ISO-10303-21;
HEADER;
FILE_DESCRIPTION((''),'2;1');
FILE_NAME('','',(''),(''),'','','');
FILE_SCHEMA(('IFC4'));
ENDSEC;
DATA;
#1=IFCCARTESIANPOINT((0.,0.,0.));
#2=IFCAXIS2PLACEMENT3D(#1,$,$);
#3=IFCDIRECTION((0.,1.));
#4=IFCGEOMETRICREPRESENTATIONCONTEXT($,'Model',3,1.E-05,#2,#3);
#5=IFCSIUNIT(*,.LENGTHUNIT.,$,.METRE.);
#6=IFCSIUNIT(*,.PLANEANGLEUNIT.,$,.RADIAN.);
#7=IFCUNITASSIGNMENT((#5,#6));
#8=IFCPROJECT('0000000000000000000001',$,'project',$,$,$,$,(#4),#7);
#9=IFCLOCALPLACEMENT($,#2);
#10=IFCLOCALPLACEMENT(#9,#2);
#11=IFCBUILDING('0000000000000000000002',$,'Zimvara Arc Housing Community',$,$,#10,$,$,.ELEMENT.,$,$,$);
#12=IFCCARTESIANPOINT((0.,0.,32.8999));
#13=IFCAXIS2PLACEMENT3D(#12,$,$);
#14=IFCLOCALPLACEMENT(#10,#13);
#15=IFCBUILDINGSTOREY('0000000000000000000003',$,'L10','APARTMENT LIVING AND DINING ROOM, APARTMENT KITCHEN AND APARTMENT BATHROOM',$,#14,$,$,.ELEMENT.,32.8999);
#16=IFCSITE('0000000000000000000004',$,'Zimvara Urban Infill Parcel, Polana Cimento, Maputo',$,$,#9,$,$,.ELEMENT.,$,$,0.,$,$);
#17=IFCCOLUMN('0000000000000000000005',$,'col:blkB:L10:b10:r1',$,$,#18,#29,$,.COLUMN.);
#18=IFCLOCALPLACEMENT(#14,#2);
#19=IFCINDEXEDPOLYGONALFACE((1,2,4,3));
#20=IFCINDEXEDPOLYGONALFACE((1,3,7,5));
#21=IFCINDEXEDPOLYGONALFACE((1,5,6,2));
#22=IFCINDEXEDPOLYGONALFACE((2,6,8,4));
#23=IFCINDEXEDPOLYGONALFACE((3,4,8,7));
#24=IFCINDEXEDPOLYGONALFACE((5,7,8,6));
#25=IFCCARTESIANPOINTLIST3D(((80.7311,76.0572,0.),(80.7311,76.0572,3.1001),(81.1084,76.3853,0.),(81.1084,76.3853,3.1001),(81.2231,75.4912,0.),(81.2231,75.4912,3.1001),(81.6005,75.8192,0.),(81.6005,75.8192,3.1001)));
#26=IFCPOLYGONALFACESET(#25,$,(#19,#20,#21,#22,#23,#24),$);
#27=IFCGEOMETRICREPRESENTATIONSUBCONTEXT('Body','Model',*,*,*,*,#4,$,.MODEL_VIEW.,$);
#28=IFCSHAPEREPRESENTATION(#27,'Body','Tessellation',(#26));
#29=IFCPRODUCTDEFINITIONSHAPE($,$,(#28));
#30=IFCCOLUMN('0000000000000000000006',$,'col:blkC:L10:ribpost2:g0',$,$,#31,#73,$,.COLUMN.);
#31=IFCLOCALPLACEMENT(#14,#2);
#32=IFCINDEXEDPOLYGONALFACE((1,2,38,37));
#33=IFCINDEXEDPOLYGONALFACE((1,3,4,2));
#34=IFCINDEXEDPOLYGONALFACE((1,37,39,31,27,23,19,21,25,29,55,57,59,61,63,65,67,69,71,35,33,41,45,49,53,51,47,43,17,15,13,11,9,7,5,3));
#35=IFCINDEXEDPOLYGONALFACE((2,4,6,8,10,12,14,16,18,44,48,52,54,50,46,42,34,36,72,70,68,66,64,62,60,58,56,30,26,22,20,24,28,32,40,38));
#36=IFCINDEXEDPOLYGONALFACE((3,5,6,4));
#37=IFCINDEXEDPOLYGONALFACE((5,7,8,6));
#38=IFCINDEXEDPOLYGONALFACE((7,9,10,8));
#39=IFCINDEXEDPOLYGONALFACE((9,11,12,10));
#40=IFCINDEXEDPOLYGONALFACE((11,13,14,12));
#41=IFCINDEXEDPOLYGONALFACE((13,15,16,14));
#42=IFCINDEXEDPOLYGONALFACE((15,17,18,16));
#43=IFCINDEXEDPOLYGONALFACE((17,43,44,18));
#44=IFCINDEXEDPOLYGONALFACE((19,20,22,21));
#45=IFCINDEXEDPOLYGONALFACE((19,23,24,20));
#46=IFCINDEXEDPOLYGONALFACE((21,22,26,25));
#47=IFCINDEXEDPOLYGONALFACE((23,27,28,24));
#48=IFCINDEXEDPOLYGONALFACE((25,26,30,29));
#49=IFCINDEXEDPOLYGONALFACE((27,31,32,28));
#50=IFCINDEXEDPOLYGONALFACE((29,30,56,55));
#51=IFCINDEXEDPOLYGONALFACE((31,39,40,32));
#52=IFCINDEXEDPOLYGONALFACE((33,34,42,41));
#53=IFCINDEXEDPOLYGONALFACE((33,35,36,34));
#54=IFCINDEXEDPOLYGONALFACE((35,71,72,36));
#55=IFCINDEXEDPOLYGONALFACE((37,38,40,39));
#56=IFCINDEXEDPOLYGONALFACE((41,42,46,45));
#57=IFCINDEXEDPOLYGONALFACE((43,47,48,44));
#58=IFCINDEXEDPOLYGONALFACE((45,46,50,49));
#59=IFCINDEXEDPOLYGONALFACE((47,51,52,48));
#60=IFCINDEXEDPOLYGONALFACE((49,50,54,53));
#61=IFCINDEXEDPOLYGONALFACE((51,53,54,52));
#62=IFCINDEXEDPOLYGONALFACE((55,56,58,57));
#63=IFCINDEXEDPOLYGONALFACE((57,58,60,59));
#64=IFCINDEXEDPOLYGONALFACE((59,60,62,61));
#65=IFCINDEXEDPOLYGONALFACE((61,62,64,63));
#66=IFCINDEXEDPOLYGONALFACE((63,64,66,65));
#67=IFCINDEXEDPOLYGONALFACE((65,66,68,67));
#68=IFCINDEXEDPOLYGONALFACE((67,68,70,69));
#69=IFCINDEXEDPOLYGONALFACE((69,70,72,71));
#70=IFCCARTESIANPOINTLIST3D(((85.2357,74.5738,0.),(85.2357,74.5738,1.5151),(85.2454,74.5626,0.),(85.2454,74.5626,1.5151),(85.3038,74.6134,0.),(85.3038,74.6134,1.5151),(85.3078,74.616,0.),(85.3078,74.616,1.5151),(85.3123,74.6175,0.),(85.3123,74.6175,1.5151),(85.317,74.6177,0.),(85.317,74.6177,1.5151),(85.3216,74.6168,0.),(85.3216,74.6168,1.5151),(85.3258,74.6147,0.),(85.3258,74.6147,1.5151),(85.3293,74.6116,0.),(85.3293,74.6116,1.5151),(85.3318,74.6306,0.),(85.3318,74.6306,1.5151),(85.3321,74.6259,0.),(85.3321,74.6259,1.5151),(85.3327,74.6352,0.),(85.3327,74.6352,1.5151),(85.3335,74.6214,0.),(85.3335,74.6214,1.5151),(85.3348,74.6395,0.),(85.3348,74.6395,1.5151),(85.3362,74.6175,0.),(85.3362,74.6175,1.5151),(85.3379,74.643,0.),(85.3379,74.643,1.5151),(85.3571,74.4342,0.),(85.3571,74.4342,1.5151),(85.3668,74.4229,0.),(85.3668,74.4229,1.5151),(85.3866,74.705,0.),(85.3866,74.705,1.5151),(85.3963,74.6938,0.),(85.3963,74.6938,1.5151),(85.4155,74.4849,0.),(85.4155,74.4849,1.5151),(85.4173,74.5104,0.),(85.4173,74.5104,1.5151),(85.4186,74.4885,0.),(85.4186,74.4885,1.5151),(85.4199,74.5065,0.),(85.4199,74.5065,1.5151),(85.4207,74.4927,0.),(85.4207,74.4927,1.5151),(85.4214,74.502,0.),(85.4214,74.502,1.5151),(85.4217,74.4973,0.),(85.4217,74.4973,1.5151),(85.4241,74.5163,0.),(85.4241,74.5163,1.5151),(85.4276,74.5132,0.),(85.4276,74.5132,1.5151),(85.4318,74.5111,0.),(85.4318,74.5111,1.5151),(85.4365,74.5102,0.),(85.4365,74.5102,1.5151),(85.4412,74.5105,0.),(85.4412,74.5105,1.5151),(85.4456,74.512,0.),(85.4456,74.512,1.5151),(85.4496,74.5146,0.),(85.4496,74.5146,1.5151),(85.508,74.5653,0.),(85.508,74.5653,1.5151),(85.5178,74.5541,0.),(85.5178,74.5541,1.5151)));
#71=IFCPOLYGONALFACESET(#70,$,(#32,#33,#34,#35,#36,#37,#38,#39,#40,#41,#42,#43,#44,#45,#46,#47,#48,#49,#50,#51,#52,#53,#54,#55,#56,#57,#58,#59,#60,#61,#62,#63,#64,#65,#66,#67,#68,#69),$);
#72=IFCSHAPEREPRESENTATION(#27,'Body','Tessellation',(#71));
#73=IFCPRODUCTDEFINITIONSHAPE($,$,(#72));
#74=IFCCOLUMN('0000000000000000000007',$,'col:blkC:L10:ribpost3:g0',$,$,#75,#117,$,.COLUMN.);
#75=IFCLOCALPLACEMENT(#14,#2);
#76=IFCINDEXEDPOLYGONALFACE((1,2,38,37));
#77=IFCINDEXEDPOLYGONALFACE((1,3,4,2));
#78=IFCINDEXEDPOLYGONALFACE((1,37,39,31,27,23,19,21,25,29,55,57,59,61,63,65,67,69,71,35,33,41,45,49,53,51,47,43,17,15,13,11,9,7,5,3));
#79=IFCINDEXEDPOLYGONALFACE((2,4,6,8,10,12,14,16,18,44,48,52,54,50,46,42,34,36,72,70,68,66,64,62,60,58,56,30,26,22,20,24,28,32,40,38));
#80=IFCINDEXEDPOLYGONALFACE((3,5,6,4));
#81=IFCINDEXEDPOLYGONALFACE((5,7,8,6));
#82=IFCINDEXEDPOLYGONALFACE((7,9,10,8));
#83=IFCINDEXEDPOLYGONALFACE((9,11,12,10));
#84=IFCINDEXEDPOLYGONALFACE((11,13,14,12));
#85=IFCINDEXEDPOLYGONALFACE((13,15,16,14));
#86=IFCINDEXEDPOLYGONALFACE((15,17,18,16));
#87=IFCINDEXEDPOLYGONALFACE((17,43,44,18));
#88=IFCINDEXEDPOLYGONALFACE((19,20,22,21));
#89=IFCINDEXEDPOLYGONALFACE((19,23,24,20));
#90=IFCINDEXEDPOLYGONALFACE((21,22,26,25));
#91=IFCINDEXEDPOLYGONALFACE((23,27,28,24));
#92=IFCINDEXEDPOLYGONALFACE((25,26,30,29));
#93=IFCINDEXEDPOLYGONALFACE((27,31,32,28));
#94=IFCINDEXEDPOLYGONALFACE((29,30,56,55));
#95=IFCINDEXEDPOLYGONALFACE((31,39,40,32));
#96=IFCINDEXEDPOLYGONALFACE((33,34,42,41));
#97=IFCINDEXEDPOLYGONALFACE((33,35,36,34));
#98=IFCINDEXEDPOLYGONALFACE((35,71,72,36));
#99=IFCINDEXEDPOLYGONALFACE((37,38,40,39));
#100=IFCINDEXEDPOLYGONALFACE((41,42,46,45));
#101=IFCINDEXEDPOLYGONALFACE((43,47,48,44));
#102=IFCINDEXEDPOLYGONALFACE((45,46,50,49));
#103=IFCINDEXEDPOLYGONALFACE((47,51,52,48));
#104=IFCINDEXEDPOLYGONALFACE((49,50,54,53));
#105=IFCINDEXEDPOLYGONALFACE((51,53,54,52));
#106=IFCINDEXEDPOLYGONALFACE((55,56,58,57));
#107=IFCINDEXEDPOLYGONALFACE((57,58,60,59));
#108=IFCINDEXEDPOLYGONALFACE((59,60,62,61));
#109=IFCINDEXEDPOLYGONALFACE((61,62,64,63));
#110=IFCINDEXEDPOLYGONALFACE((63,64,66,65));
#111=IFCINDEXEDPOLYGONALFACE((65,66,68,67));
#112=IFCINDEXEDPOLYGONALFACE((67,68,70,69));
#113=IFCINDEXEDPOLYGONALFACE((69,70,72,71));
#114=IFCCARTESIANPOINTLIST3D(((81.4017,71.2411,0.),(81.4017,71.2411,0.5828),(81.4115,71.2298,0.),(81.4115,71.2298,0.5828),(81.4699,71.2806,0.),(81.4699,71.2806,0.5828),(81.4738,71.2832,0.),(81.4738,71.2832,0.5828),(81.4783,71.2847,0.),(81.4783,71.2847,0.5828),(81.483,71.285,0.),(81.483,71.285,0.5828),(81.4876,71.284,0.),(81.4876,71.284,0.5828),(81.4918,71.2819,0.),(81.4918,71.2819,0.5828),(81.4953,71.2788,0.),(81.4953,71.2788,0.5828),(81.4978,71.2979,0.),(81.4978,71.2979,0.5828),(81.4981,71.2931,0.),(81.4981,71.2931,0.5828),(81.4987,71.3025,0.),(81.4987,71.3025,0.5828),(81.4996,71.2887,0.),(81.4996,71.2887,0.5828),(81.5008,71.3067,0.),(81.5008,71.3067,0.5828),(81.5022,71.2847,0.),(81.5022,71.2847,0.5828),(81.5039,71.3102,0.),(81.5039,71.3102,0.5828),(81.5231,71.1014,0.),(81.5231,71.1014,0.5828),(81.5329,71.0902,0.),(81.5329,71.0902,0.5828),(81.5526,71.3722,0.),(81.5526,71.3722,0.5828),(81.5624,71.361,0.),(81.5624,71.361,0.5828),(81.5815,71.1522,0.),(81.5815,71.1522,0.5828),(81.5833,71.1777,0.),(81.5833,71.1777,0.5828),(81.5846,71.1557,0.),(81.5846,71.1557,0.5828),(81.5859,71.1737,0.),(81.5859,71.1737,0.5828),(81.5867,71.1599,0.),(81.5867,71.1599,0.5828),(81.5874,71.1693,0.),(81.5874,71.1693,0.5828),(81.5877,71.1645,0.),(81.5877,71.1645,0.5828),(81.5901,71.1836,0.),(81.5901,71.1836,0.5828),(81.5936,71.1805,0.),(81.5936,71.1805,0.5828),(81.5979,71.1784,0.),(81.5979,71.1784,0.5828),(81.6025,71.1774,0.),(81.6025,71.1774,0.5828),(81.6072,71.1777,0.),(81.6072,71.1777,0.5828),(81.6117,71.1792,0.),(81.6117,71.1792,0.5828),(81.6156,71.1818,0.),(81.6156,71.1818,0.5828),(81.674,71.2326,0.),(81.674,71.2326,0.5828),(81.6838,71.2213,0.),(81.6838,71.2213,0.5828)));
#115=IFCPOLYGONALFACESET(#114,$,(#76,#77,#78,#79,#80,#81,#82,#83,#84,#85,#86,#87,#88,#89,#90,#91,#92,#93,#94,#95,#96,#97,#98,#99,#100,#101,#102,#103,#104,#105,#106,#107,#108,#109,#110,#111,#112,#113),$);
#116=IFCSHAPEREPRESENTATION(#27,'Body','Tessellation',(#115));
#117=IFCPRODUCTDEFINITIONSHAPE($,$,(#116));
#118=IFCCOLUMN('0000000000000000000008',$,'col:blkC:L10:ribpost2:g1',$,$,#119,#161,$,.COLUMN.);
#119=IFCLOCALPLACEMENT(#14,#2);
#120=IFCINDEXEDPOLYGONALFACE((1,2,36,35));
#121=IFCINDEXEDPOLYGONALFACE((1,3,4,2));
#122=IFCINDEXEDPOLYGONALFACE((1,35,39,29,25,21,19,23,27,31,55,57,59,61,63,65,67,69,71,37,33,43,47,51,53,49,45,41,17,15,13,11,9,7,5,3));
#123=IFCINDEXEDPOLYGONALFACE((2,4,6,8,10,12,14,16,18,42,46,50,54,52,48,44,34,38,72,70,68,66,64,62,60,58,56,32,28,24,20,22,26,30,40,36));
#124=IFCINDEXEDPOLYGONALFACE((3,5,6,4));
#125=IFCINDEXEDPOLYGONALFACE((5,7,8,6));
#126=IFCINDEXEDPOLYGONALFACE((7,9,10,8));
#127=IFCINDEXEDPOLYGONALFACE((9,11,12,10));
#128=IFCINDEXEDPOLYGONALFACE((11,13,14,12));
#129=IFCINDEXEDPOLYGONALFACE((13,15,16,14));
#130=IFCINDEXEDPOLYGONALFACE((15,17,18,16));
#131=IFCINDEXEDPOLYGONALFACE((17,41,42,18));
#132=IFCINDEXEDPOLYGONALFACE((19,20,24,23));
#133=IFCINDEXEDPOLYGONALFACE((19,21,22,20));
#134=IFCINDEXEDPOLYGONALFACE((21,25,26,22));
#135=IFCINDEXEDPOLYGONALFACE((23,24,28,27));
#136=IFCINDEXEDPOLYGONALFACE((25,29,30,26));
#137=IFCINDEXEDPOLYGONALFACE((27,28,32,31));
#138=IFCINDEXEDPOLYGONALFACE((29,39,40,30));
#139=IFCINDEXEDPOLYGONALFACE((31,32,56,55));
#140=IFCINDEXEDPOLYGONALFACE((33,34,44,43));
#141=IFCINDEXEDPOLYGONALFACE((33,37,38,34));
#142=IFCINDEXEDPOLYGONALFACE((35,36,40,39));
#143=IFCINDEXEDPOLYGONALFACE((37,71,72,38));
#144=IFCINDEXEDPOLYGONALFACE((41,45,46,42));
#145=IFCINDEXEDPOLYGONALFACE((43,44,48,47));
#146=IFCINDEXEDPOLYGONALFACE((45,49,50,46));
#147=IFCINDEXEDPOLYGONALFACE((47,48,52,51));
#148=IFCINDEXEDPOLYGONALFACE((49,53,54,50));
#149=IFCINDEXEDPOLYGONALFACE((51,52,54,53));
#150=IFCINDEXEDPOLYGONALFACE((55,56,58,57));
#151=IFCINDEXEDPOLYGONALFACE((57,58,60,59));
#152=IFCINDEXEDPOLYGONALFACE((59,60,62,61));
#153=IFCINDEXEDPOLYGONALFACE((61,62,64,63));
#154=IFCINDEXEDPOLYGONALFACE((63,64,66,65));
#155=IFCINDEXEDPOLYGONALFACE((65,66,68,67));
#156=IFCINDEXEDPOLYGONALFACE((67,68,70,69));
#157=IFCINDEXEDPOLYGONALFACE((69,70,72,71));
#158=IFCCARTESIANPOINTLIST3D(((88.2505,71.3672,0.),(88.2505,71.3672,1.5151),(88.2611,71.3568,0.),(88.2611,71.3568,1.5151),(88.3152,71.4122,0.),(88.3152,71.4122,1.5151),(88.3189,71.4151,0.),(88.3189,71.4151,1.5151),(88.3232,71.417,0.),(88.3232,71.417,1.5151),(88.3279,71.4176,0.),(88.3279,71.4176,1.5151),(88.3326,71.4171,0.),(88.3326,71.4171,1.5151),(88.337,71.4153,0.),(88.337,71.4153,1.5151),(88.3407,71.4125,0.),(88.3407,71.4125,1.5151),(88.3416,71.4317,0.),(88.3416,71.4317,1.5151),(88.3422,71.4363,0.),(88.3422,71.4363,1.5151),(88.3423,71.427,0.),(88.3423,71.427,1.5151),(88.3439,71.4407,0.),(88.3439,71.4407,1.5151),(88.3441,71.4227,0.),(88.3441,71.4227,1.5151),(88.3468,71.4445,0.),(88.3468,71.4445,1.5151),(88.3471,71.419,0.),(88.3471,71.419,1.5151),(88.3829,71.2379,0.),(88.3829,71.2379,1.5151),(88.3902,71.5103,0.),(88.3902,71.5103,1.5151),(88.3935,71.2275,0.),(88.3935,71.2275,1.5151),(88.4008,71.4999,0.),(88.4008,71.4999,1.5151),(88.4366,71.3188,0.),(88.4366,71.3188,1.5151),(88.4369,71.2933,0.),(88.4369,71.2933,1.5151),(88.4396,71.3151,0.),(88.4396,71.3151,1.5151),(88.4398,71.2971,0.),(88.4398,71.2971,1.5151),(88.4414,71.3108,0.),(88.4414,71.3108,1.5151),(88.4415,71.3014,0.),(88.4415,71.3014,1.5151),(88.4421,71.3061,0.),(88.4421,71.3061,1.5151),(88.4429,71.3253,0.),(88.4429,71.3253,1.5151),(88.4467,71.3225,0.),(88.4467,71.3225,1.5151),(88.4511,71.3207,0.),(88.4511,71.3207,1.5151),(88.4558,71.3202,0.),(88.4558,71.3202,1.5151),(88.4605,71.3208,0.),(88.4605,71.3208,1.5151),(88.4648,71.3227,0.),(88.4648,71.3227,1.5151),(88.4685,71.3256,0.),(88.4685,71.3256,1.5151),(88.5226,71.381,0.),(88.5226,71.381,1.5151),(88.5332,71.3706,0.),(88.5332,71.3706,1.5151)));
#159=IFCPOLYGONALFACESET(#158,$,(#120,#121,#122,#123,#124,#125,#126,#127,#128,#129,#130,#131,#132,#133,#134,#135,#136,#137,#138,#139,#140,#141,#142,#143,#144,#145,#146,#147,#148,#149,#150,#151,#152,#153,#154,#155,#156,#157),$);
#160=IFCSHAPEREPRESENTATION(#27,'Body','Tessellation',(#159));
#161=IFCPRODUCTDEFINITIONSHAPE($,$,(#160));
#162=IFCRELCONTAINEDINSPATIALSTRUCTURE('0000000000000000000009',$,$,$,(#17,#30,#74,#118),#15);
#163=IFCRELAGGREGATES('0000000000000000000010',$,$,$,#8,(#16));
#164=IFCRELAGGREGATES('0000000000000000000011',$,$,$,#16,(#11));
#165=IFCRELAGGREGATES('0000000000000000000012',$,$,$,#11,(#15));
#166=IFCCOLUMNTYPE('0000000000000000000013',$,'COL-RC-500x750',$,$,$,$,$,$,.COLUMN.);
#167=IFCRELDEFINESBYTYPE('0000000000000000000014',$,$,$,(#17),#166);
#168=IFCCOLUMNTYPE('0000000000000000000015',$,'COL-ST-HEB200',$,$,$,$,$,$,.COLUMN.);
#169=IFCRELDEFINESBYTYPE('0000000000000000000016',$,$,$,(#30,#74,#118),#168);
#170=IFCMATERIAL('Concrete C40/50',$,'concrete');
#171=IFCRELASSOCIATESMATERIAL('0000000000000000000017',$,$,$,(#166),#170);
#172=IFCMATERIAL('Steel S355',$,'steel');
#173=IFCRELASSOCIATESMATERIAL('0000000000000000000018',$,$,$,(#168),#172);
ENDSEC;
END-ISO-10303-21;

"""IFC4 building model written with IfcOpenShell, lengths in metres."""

from ifc_helpers import new_model, si_unit, direction, frame, origin, origin_2d, place, context, subcontext, project, spatial, rectangle, i_section, extrude, material, material_profile, profile_set, type_object, element, save


model = new_model("IFC4")

# Units and contexts
model_context = context("Model", 3, precision=1e-05, world=origin(), true_north=direction((0.0, 1.0)))
body_context = subcontext(model_context, "Body", "Model", "MODEL_VIEW")
ifc_project = project(units=[si_unit("LENGTHUNIT", "METRE"), si_unit("PLANEANGLEUNIT", "RADIAN")], contexts=[model_context])

# Site, building, storey
site_placement = place(None, origin())
site = spatial("IfcSite", under=ifc_project, at=site_placement, Name="Zimvara Urban Infill Parcel, Polana Cimento, Maputo", CompositionType="ELEMENT", RefElevation=0.0)
building_placement = place(site_placement, origin())
building = spatial("IfcBuilding", under=site, at=building_placement, Name="Zimvara Arc Housing Community", CompositionType="ELEMENT")
storey_placement = place(building_placement, frame((0.0, 0.0, 32.8999)))
storey = spatial("IfcBuildingStorey", under=building, at=storey_placement, Name="L10", Description="APARTMENT LIVING AND DINING ROOM, APARTMENT KITCHEN AND APARTMENT BATHROOM", CompositionType="ELEMENT", Elevation=32.8999)

# Columns
ifc_material_1 = material(Name="Concrete C40/50", Category="concrete")
ifc_material_profile_1 = material_profile(ifc_material_1, rectangle(XDim=0.5, YDim=0.75, at=origin_2d()), Name="RC 500x750")
ifc_profile_set_1 = profile_set([ifc_material_profile_1], Name="Concrete C40/50")
column_type_1 = type_object("IfcColumnType", Name="COL-RC-500x750", PredefinedType="COLUMN", material=ifc_profile_set_1)
column_1_placement = place(storey_placement, frame((81.1658, 75.9382, 0.0), z_axis=(0.0, 0.0, 1.0), x_axis=(0.75471, 0.656059, 0.0)))
element("IfcColumn", 1, at=column_1_placement, inside=storey, type_object=column_type_1, Name="col:blkB:L10:b10:r1", PredefinedType="COLUMN", context=body_context, shape_type="SweptSolid", body=[
    extrude(rectangle(XDim=0.5, YDim=0.75, at=origin_2d()), origin(), (0.0, 0.0, 1.0), 3.1001),
])
ifc_material_2 = material(Name="Steel S355", Category="steel")
ifc_material_profile_2 = material_profile(ifc_material_2, i_section(OverallWidth=0.2, OverallDepth=0.2, WebThickness=0.009, FlangeThickness=0.0149, FilletRadius=0.0181, at=origin_2d()), Name="HEB 200")
ifc_profile_set_2 = profile_set([ifc_material_profile_2], Name="Steel S355")
column_type_2 = type_object("IfcColumnType", Name="COL-ST-HEB200", PredefinedType="COLUMN", material=ifc_profile_set_2)
column_2_placement = place(storey_placement, frame((85.3767, 74.564, 0.0), z_axis=(0.0, 0.0, 1.0), x_axis=(-0.75471, -0.656059, 0.0)))
element("IfcColumn", 2, at=column_2_placement, inside=storey, type_object=column_type_2, Name="col:blkC:L10:ribpost2:g0", PredefinedType="COLUMN", context=body_context, shape_type="SweptSolid", body=[
    extrude(i_section(OverallWidth=0.2, OverallDepth=0.2, WebThickness=0.009, FlangeThickness=0.0149, FilletRadius=0.0181, at=origin_2d()), origin(), (0.0, 0.0, 1.0), 1.5151),
])
column_3_placement = place(storey_placement, frame((81.5427, 71.2312, 0.0), z_axis=(0.0, 0.0, 1.0), x_axis=(-0.75471, -0.656059, 0.0)))
element("IfcColumn", 3, at=column_3_placement, inside=storey, type_object=column_type_2, Name="col:blkC:L10:ribpost3:g0", PredefinedType="COLUMN", context=body_context, shape_type="SweptSolid", body=[
    extrude(i_section(OverallWidth=0.2, OverallDepth=0.2, WebThickness=0.009, FlangeThickness=0.0149, FilletRadius=0.0181, at=origin_2d()), origin(), (0.0, 0.0, 1.0), 0.5828),
])
column_4_placement = place(storey_placement, frame((88.3918, 71.3689, 0.0), z_axis=(0.0, 0.0, 1.0), x_axis=(-0.698665, -0.715449, 0.0)))
element("IfcColumn", 4, at=column_4_placement, inside=storey, type_object=column_type_2, Name="col:blkC:L10:ribpost2:g1", PredefinedType="COLUMN", context=body_context, shape_type="SweptSolid", body=[
    extrude(i_section(OverallWidth=0.2, OverallDepth=0.2, WebThickness=0.009, FlangeThickness=0.0149, FilletRadius=0.0181, at=origin_2d()), origin(), (0.0, 0.0, 1.0), 1.5151),
])

save(model, "model.ifc")
